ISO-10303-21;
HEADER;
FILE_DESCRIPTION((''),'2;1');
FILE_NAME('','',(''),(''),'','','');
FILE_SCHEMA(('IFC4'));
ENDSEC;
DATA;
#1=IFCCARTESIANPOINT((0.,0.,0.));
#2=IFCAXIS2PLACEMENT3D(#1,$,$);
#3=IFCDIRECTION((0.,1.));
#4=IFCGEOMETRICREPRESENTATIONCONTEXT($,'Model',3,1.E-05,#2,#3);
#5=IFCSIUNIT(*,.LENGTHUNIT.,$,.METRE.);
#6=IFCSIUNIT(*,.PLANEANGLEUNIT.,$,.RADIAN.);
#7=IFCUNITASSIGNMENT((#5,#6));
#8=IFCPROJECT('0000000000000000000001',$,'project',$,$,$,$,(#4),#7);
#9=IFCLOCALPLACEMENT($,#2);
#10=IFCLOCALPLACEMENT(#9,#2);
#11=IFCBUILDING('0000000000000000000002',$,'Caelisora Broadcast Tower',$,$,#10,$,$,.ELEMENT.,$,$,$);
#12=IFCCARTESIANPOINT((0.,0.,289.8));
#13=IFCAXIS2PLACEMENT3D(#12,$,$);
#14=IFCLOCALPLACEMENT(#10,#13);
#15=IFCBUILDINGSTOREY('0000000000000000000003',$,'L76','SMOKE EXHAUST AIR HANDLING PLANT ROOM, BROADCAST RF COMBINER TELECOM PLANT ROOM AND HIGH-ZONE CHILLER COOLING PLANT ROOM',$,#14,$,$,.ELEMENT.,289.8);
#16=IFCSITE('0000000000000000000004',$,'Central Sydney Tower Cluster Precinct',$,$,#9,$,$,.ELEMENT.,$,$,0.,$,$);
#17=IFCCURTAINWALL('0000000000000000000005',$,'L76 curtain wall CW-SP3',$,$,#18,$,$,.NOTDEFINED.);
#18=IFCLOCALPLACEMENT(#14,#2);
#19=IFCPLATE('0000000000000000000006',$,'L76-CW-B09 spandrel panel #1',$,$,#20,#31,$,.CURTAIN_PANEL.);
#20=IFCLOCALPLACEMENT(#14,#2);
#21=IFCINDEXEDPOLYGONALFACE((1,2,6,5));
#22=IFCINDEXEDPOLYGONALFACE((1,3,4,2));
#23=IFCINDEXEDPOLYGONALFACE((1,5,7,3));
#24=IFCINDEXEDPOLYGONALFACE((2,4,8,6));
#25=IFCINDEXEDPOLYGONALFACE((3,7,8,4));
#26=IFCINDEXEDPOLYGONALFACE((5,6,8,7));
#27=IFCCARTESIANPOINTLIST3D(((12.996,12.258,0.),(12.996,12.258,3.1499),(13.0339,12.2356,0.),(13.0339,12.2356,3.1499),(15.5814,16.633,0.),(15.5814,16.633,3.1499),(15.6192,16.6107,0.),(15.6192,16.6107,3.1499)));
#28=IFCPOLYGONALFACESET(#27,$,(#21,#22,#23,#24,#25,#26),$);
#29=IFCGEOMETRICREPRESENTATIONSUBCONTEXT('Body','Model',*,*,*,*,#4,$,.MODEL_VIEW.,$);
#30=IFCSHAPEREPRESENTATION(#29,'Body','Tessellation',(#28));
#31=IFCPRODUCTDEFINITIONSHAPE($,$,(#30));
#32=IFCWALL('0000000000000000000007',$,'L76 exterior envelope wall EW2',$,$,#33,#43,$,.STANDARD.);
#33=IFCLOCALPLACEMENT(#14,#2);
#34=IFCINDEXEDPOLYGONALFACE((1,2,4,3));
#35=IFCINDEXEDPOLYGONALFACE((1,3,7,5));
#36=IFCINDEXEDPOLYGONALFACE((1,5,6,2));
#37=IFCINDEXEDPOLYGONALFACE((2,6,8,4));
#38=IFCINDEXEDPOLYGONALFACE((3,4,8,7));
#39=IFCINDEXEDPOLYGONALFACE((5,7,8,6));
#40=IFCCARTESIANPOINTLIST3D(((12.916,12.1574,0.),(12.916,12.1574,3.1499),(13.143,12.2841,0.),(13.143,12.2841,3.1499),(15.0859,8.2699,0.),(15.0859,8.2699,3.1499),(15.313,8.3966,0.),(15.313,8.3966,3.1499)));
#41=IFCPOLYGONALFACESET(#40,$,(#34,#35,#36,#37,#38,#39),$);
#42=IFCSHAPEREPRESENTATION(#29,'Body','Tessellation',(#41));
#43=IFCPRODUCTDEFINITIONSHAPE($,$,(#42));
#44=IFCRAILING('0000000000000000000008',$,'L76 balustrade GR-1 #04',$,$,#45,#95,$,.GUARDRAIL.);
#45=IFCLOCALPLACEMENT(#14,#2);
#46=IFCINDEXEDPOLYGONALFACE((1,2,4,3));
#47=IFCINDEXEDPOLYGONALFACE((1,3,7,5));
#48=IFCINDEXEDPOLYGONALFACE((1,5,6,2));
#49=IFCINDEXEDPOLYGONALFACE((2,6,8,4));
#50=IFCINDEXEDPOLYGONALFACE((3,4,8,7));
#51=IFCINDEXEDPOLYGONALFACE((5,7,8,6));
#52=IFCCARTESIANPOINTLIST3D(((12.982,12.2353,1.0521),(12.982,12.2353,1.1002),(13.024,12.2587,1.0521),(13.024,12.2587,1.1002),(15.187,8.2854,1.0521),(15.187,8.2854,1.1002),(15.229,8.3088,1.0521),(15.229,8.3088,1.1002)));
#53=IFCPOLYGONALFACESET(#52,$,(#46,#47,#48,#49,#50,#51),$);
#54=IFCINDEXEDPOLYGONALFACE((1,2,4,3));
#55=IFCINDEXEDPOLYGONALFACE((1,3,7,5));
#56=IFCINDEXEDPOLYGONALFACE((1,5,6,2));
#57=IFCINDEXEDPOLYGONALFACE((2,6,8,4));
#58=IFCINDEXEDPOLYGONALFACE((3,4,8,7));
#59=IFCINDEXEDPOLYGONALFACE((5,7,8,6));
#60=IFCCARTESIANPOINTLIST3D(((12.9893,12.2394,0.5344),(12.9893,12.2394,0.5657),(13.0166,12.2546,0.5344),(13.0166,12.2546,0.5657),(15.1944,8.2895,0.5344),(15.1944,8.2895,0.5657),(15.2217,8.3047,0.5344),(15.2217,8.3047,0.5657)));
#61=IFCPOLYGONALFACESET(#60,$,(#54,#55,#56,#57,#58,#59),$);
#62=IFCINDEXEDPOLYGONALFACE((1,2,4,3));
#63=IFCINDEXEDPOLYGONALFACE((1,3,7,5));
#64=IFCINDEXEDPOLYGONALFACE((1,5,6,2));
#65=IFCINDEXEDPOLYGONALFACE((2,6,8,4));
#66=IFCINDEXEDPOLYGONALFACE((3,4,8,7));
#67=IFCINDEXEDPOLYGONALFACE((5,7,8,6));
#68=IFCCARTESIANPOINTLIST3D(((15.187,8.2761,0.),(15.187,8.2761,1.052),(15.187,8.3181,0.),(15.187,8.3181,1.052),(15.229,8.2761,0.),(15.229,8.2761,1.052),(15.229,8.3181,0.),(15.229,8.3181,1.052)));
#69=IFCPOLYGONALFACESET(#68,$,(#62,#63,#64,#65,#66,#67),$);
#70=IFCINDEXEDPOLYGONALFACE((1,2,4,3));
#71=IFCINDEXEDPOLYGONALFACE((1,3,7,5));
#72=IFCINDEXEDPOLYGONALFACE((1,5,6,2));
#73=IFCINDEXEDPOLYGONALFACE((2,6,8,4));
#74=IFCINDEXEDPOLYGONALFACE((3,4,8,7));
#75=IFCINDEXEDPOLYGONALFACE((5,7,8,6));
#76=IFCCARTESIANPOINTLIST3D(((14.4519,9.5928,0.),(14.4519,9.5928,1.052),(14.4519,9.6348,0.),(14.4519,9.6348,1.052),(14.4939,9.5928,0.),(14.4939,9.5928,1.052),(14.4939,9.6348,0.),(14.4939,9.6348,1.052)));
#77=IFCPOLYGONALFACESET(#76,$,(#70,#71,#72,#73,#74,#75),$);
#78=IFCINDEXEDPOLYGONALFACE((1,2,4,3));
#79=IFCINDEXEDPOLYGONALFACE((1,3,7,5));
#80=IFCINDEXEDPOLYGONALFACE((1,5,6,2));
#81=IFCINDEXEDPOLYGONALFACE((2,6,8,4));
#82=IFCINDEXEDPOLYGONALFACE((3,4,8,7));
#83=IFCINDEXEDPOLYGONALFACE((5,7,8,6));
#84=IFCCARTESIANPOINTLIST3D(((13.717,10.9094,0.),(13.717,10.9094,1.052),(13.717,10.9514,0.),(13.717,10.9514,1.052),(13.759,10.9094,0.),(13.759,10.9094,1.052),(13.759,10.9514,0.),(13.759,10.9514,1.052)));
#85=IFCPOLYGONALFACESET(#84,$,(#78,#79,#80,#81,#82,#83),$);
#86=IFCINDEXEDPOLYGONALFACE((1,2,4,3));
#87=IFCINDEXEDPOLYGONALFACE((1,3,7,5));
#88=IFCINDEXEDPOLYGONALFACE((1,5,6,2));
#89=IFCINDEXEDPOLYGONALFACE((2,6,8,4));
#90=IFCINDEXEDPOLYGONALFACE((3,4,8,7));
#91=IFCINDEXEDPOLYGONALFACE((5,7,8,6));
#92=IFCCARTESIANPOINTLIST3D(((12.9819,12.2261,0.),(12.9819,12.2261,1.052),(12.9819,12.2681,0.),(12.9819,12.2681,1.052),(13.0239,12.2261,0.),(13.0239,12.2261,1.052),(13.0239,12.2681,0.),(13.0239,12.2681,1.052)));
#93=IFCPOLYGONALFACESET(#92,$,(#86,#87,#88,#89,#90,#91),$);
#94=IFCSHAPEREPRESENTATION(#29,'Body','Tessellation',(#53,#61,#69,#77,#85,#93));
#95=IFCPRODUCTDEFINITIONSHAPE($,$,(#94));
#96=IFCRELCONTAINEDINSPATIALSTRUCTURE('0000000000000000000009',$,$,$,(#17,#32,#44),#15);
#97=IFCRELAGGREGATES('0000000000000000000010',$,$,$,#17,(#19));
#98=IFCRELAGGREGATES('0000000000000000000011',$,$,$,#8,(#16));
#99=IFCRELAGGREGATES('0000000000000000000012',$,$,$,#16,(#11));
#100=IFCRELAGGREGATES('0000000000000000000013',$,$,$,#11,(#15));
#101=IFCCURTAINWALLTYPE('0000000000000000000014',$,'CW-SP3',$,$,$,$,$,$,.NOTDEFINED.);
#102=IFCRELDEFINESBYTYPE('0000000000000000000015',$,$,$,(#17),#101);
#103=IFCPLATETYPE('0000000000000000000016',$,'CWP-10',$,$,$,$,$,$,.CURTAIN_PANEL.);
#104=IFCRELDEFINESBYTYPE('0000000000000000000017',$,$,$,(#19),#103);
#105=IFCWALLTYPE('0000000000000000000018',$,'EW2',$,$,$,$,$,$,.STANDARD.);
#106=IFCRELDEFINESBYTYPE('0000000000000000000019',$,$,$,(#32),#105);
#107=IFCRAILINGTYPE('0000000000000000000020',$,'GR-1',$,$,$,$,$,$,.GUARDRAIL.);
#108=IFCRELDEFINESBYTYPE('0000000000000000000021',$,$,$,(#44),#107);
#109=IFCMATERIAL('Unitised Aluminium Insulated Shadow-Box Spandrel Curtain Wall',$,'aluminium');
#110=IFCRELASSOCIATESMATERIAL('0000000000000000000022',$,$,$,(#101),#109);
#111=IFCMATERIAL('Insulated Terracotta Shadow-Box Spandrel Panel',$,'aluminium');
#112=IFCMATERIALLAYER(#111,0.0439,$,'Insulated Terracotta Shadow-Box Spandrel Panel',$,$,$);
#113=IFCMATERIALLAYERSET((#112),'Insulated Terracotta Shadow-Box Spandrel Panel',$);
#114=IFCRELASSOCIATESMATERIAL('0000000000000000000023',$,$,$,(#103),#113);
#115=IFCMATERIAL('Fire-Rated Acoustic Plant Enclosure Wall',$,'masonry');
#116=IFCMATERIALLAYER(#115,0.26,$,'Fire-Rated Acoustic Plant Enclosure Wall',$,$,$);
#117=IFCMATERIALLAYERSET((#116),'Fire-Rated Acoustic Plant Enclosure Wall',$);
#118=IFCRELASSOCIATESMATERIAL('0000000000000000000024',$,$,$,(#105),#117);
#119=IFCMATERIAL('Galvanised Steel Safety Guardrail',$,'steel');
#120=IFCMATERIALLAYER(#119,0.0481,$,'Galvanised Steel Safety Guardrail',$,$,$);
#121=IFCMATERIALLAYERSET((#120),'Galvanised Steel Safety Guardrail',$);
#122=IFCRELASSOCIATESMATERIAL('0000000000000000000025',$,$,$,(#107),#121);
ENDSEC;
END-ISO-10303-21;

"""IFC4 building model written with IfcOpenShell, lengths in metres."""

from ifc_helpers import new_model, si_unit, direction, frame, frame_2d, origin, origin_2d, place, context, subcontext, project, spatial, rectangle, extrude, source, transform, mapped, material, layer, layer_set, type_object, type_shapes, element, aggregate, save


model = new_model("IFC4")

# Units and contexts
model_context = context("Model", 3, precision=1e-05, world=origin(), true_north=direction((0.0, 1.0)))
body_context = subcontext(model_context, "Body", "Model", "MODEL_VIEW")
ifc_project = project(units=[si_unit("LENGTHUNIT", "METRE"), si_unit("PLANEANGLEUNIT", "RADIAN")], contexts=[model_context])

# Site, building, storey
site_placement = place(None, origin())
site = spatial("IfcSite", under=ifc_project, at=site_placement, Name="Central Sydney Tower Cluster Precinct", CompositionType="ELEMENT", RefElevation=0.0)
building_placement = place(site_placement, origin())
building = spatial("IfcBuilding", under=site, at=building_placement, Name="Caelisora Broadcast Tower", CompositionType="ELEMENT")
storey_placement = place(building_placement, frame((0.0, 0.0, 289.8)))
storey = spatial("IfcBuildingStorey", under=building, at=storey_placement, Name="L76", Description="SMOKE EXHAUST AIR HANDLING PLANT ROOM, BROADCAST RF COMBINER TELECOM PLANT ROOM AND HIGH-ZONE CHILLER COOLING PLANT ROOM", CompositionType="ELEMENT", Elevation=289.8)

# Shared definitions
ifc_material_1 = material(Name="Unitised Aluminium Insulated Shadow-Box Spandrel Curtain Wall", Category="aluminium")
curtain_wall_type = type_object("IfcCurtainWallType", Name="CW-SP3", PredefinedType="NOTDEFINED", material=ifc_material_1)

# Curtain wall
curtain_wall_1_placement = place(storey_placement, origin())
curtain_wall_1 = element("IfcCurtainWall", 1, at=curtain_wall_1_placement, inside=storey, type_object=curtain_wall_type, Name="L76 curtain wall CW-SP3", PredefinedType="NOTDEFINED")

# Plate
ifc_material_2 = material(Name="Insulated Terracotta Shadow-Box Spandrel Panel", Category="aluminium")
ifc_layer_1 = layer(ifc_material_2, 0.0439, Name="Insulated Terracotta Shadow-Box Spandrel Panel")
ifc_layer_set_1 = layer_set([ifc_layer_1], Name="Insulated Terracotta Shadow-Box Spandrel Panel")
plate_type = type_object("IfcPlateType", Name="CWP-10", PredefinedType="CURTAIN_PANEL", material=ifc_layer_set_1)
shared_shape_1 = source(origin(), body_context, "Body", "SweptSolid", [
    extrude(rectangle(XDim=5.0818, YDim=0.0439, at=origin_2d()), origin(), (0.0, 0.0, 1.0), 3.1499),
])
type_shapes(plate_type, [shared_shape_1])
plate_placement = place(storey_placement, frame((14.3076, 14.4343, 0.0), z_axis=(0.0, 0.0, 1.0), x_axis=(0.508741, 0.86092, 0.0)))
plate = element("IfcPlate", 2, at=plate_placement, type_object=plate_type, Name="L76-CW-B09 spandrel panel #1", PredefinedType="CURTAIN_PANEL", context=body_context, shape_type="MappedRepresentation", body=[
    mapped(shared_shape_1, transform((0.0, 0.0, 0.0), scale=1.0)),
])
aggregate(curtain_wall_1, [plate])

# Wall
ifc_material_3 = material(Name="Fire-Rated Acoustic Plant Enclosure Wall", Category="masonry")
ifc_layer_2 = layer(ifc_material_3, 0.26, Name="Fire-Rated Acoustic Plant Enclosure Wall")
ifc_layer_set_2 = layer_set([ifc_layer_2], Name="Fire-Rated Acoustic Plant Enclosure Wall")
wall_type = type_object("IfcWallType", Name="EW2", PredefinedType="STANDARD", material=ifc_layer_set_2)
wall_placement = place(storey_placement, frame((15.1995, 8.3333, 0.0), z_axis=(0.0, 0.0, 1.0), x_axis=(-0.487397, 0.87318, 0.0)))
element("IfcWall", 3, at=wall_placement, inside=storey, type_object=wall_type, Name="L76 exterior envelope wall EW2", PredefinedType="STANDARD", context=body_context, shape_type="SweptSolid", body=[
    extrude(rectangle(XDim=4.4521, YDim=0.26, at=frame_2d((2.2261, 0.0))), origin(), (0.0, 0.0, 1.0), 3.1499),
])

# Railing
ifc_material_4 = material(Name="Galvanised Steel Safety Guardrail", Category="steel")
ifc_layer_3 = layer(ifc_material_4, 0.0481, Name="Galvanised Steel Safety Guardrail")
ifc_layer_set_3 = layer_set([ifc_layer_3], Name="Galvanised Steel Safety Guardrail")
railing_type = type_object("IfcRailingType", Name="GR-1", PredefinedType="GUARDRAIL", material=ifc_layer_set_3)
railing_1_placement = place(storey_placement, frame((15.208, 8.2971, 0.0)))
element("IfcRailing", 4, at=railing_1_placement, inside=storey, type_object=railing_type, Name="L76 balustrade GR-1 #04", PredefinedType="GUARDRAIL", context=body_context, shape_type="SweptSolid", body=[
    extrude(rectangle(XDim=0.0481, YDim=0.0481, at=origin_2d()), frame((0.0, 0.0, 1.0762), z_axis=(-0.487443, 0.873155, 0.0), x_axis=(-0.873155, -0.487443, 0.0)), (0.0, 0.0, 1.0), 4.5237),
    extrude(rectangle(XDim=0.0312, YDim=0.0312, at=origin_2d()), frame((0.0, 0.0, 0.55), z_axis=(-0.487443, 0.873155, 0.0), x_axis=(-0.873155, -0.487443, 0.0)), (0.0, 0.0, 1.0), 4.5237),
    extrude(rectangle(XDim=0.042, YDim=0.042, at=origin_2d()), origin(), (0.0, 0.0, 1.0), 1.052),
    extrude(rectangle(XDim=0.042, YDim=0.042, at=origin_2d()), frame((-0.7351, 1.3167, 0.0)), (0.0, 0.0, 1.0), 1.052),
    extrude(rectangle(XDim=0.042, YDim=0.042, at=origin_2d()), frame((-1.47, 2.6333, 0.0)), (0.0, 0.0, 1.0), 1.052),
    extrude(rectangle(XDim=0.042, YDim=0.042, at=origin_2d()), frame((-2.2051, 3.95, 0.0)), (0.0, 0.0, 1.0), 1.052),
])

save(model, "model.ifc")
